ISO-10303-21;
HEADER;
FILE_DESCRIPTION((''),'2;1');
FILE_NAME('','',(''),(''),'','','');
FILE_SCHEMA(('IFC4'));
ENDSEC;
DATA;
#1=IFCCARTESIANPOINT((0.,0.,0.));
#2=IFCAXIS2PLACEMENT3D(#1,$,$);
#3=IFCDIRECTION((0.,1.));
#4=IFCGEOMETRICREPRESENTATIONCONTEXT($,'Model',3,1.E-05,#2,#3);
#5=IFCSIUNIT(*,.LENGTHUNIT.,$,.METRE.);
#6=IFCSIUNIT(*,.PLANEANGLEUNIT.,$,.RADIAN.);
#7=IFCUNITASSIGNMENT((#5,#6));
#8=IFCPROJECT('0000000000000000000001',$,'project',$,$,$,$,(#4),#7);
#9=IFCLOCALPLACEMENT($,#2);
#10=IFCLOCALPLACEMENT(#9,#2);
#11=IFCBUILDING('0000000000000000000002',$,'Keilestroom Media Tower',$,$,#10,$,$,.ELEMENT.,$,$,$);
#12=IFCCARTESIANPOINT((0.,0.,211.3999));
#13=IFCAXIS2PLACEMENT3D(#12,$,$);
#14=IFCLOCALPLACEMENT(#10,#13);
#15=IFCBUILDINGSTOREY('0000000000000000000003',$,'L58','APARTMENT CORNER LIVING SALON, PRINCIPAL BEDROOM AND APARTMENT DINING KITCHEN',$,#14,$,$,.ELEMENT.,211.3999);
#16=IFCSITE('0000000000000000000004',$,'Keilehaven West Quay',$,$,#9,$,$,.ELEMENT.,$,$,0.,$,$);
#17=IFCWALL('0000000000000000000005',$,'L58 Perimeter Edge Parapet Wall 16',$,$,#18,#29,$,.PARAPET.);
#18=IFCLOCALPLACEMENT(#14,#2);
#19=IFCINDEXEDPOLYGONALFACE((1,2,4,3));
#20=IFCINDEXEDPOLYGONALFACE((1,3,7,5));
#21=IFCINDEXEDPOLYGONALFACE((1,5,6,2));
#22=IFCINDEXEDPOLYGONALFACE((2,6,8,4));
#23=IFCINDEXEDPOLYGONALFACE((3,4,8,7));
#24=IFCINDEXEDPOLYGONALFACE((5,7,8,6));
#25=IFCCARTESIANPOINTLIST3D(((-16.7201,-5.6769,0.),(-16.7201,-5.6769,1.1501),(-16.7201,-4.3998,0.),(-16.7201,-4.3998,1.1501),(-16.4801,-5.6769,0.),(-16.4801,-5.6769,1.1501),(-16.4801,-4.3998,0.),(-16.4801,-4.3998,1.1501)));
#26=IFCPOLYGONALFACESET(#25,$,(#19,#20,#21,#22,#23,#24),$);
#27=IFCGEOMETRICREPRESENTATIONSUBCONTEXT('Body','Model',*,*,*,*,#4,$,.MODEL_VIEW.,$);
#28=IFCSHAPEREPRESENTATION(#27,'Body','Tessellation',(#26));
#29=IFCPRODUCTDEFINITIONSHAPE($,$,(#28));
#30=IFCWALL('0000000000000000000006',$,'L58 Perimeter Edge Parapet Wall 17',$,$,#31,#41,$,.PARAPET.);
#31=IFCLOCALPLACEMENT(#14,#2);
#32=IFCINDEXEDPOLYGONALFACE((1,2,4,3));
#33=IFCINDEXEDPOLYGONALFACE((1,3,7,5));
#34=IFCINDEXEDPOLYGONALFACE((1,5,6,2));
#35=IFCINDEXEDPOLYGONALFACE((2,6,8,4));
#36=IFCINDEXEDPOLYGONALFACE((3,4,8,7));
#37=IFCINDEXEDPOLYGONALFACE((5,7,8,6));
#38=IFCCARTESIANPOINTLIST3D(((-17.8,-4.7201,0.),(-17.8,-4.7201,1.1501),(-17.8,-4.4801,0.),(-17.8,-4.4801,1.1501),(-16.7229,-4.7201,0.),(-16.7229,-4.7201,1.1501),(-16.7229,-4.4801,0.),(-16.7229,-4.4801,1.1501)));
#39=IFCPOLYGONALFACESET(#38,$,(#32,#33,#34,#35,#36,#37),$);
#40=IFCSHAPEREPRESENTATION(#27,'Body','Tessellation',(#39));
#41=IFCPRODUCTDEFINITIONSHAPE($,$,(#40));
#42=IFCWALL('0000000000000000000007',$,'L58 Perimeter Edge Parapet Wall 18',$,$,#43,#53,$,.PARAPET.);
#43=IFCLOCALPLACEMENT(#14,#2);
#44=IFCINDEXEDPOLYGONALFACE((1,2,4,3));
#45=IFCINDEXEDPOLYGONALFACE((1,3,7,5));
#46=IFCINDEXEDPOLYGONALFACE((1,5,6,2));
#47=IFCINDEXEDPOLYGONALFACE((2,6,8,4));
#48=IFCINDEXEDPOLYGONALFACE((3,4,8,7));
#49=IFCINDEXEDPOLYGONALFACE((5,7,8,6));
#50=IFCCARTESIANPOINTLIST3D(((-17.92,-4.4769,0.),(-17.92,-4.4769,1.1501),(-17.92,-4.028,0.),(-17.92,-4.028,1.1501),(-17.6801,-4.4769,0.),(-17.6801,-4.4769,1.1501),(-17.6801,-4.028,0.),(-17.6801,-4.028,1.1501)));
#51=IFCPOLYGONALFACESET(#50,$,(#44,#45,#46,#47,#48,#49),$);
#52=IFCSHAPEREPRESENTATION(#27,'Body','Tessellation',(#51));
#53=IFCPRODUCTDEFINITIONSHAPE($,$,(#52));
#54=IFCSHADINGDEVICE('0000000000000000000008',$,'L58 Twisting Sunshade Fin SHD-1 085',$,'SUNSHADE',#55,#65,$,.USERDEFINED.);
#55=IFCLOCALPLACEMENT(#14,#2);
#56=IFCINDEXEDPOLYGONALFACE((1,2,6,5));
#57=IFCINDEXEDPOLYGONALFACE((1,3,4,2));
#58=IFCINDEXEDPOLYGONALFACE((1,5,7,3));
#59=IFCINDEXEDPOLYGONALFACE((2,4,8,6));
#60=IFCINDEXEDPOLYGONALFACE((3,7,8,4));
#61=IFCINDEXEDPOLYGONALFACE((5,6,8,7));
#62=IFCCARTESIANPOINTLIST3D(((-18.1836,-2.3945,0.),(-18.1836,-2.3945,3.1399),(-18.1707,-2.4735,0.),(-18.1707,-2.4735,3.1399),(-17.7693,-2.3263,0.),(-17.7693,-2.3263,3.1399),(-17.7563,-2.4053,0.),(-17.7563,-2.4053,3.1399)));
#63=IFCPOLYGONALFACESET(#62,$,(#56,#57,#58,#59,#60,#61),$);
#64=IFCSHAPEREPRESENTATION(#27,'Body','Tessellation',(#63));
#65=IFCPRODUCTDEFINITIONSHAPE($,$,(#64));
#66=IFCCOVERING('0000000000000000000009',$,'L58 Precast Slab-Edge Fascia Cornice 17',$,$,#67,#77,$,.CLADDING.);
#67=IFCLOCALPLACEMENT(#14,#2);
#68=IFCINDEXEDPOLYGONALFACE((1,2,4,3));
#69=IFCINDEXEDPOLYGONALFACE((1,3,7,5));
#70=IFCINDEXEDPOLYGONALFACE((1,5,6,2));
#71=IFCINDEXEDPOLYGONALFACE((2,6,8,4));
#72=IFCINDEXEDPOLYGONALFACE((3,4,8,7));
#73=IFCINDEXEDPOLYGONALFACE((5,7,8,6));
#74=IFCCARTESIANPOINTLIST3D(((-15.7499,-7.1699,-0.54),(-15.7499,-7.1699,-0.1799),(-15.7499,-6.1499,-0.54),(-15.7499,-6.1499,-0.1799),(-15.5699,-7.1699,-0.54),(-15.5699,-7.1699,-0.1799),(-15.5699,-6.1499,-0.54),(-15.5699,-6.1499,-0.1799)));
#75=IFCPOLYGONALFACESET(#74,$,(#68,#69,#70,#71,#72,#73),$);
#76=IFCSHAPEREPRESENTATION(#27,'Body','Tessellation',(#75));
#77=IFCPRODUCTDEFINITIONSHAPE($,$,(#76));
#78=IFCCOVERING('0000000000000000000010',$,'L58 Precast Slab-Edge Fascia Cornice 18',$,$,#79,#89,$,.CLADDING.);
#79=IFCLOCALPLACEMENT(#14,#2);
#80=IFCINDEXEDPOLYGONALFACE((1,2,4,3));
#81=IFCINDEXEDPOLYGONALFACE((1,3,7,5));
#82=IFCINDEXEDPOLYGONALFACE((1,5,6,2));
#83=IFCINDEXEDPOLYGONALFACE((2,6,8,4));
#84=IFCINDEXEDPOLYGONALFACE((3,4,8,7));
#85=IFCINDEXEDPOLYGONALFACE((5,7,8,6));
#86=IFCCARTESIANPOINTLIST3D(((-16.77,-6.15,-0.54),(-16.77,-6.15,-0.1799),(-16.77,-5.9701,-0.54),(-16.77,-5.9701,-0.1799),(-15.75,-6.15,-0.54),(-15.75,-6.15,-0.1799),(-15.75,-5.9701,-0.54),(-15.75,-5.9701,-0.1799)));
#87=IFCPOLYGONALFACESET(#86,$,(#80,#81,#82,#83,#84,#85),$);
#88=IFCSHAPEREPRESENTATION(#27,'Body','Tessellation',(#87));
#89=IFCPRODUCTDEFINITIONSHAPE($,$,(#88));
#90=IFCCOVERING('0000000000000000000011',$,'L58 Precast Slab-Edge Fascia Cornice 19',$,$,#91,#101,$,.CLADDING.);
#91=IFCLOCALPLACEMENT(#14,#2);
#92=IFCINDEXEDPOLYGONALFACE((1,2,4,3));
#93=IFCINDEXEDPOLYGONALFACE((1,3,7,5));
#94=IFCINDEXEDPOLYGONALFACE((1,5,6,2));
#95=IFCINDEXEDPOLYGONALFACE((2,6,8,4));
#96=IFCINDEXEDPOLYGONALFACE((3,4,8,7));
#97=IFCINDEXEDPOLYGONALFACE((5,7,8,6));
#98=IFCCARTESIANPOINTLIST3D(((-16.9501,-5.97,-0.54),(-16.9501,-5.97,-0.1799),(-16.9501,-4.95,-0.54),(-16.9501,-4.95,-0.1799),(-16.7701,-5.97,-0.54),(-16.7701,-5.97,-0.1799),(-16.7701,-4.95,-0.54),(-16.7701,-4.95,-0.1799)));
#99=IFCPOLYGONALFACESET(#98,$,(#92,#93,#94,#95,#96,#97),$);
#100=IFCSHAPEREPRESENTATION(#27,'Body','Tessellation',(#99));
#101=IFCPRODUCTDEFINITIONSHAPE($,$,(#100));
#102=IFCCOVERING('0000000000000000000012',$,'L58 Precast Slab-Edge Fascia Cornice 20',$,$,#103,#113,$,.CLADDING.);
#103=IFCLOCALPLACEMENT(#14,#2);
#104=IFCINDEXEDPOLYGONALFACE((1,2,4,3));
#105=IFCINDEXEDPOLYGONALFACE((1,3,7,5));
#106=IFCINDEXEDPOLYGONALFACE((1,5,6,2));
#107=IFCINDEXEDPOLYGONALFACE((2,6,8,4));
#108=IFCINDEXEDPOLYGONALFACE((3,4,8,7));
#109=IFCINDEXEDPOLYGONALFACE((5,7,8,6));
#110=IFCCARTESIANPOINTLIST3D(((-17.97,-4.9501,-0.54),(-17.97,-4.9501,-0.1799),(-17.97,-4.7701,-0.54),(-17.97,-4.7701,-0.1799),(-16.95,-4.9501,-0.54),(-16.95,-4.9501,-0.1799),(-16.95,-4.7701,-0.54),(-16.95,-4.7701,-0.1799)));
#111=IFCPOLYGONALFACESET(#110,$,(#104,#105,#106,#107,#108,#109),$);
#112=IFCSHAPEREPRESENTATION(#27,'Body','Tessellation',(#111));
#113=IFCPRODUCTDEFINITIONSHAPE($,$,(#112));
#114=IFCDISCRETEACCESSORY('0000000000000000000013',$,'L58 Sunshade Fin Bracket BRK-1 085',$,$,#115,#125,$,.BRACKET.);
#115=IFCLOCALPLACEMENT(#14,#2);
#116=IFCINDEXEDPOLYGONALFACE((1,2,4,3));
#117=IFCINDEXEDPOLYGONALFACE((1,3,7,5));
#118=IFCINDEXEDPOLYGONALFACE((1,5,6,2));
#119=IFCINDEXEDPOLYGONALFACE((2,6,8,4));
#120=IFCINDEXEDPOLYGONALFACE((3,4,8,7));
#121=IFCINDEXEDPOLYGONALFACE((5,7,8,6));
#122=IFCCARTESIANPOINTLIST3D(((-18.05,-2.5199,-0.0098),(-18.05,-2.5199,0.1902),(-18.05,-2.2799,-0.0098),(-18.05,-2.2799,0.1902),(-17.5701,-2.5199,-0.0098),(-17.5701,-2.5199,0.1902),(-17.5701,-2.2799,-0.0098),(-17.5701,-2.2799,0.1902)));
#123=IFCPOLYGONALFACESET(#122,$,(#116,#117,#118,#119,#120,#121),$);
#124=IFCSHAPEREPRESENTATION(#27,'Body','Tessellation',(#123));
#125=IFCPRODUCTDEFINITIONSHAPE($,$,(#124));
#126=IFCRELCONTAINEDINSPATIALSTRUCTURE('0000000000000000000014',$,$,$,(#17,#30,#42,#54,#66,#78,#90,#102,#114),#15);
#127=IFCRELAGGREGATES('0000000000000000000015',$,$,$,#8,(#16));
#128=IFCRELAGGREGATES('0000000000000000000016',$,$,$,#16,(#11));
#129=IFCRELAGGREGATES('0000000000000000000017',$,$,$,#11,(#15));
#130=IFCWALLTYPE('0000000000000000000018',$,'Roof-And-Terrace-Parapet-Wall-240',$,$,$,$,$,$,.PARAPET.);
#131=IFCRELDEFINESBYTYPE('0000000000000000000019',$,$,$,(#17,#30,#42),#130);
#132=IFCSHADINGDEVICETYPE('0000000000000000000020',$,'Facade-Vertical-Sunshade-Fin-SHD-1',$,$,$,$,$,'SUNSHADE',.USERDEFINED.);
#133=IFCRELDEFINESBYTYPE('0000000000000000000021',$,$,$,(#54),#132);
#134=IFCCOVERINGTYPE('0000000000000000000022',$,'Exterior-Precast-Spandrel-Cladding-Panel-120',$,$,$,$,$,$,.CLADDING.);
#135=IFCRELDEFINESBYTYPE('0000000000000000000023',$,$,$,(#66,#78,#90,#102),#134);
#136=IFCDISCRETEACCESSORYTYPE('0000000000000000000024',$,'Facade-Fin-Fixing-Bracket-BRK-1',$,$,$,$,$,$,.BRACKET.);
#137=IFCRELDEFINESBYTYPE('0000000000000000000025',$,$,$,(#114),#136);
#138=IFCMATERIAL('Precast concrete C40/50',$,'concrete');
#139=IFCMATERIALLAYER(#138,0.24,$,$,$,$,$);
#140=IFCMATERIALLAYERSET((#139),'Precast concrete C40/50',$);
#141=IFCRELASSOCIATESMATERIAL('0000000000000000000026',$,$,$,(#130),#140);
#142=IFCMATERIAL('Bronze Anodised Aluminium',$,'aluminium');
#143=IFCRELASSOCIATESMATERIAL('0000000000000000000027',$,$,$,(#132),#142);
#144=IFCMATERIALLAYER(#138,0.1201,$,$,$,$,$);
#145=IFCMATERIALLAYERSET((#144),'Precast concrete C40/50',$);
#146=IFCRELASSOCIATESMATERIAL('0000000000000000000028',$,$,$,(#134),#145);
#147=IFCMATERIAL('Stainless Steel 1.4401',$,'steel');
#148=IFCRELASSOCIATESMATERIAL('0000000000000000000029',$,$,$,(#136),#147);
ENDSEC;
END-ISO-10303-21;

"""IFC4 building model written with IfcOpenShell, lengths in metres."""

from ifc_helpers import new_model, si_unit, direction, frame, frame_2d, origin, origin_2d, place, context, subcontext, project, spatial, rectangle, extrude, source, transform, mapped, material, layer, layer_set, type_object, element, save


model = new_model("IFC4")

# Units and contexts
model_context = context("Model", 3, precision=1e-05, world=origin(), true_north=direction((0.0, 1.0)))
body_context = subcontext(model_context, "Body", "Model", "MODEL_VIEW")
ifc_project = project(units=[si_unit("LENGTHUNIT", "METRE"), si_unit("PLANEANGLEUNIT", "RADIAN")], contexts=[model_context])

# Site, building, storey
site_placement = place(None, origin())
site = spatial("IfcSite", under=ifc_project, at=site_placement, Name="Keilehaven West Quay", CompositionType="ELEMENT", RefElevation=0.0)
building_placement = place(site_placement, origin())
building = spatial("IfcBuilding", under=site, at=building_placement, Name="Keilestroom Media Tower", CompositionType="ELEMENT")
storey_placement = place(building_placement, frame((0.0, 0.0, 211.3999)))
storey = spatial("IfcBuildingStorey", under=building, at=storey_placement, Name="L58", Description="APARTMENT CORNER LIVING SALON, PRINCIPAL BEDROOM AND APARTMENT DINING KITCHEN", CompositionType="ELEMENT", Elevation=211.3999)

# Shared definitions
ifc_material_1 = material(Name="Precast concrete C40/50", Category="concrete")

# Walls
ifc_layer_1 = layer(ifc_material_1, 0.24)
ifc_layer_set_1 = layer_set([ifc_layer_1], Name="Precast concrete C40/50")
wall_type = type_object("IfcWallType", Name="Roof-And-Terrace-Parapet-Wall-240", PredefinedType="PARAPET", material=ifc_layer_set_1)
wall_1_placement = place(storey_placement, frame((-16.6001, -5.677, 0.0), z_axis=(0.0, 0.0, 1.0), x_axis=(0.0, 1.0, 0.0)))
element("IfcWall", 1, at=wall_1_placement, inside=storey, type_object=wall_type, Name="L58 Perimeter Edge Parapet Wall 16", PredefinedType="PARAPET", context=body_context, shape_type="SweptSolid", body=[
    extrude(rectangle(XDim=1.2771, YDim=0.24, at=frame_2d((0.6387, 0.0))), origin(), (0.0, 0.0, 1.0), 1.1501),
])
wall_2_placement = place(storey_placement, frame((-16.7229, -4.6001, 0.0), z_axis=(0.0, 0.0, 1.0), x_axis=(-1.0, 0.0, 0.0)))
element("IfcWall", 2, at=wall_2_placement, inside=storey, type_object=wall_type, Name="L58 Perimeter Edge Parapet Wall 17", PredefinedType="PARAPET", context=body_context, shape_type="SweptSolid", body=[
    extrude(rectangle(XDim=1.0771, YDim=0.24, at=frame_2d((0.5386, 0.0))), origin(), (0.0, 0.0, 1.0), 1.1501),
])
wall_3_placement = place(storey_placement, frame((-17.8, -4.4771, 0.0), z_axis=(0.0, 0.0, 1.0), x_axis=(0.0, 1.0, 0.0)))
element("IfcWall", 3, at=wall_3_placement, inside=storey, type_object=wall_type, Name="L58 Perimeter Edge Parapet Wall 18", PredefinedType="PARAPET", context=body_context, shape_type="SweptSolid", body=[
    extrude(rectangle(XDim=0.449, YDim=0.24, at=frame_2d((0.2246, 0.0))), origin(), (0.0, 0.0, 1.0), 1.1501),
])

# Shading device
ifc_material_2 = material(Name="Bronze Anodised Aluminium", Category="aluminium")
shading_device_type = type_object("IfcShadingDeviceType", Name="Facade-Vertical-Sunshade-Fin-SHD-1", ElementType="SUNSHADE", PredefinedType="USERDEFINED", material=ifc_material_2)
shared_shape_1 = source(origin(), body_context, "Body", "SweptSolid", [
    extrude(rectangle(XDim=0.4199, YDim=0.0801, at=origin_2d()), origin(), (0.0, 0.0, 1.0), 3.1399),
])
shading_device_placement = place(storey_placement, frame((-17.97, -2.3999, 0.0), z_axis=(0.0, 0.0, 1.0), x_axis=(0.986743, 0.162293, 0.0)))
element("IfcShadingDevice", 4, at=shading_device_placement, inside=storey, type_object=shading_device_type, Name="L58 Twisting Sunshade Fin SHD-1 085", ObjectType="SUNSHADE", PredefinedType="USERDEFINED", context=body_context, shape_type="MappedRepresentation", body=[
    mapped(shared_shape_1, transform((0.0, 0.0, 0.0), x_axis=(1.0, 0.0, 0.0), y_axis=(0.0, 1.0, 0.0), z_axis=(0.0, 0.0, 1.0), scale=1.0)),
])

# Coverings
ifc_layer_2 = layer(ifc_material_1, 0.1201)
ifc_layer_set_2 = layer_set([ifc_layer_2], Name="Precast concrete C40/50")
covering_type = type_object("IfcCoveringType", Name="Exterior-Precast-Spandrel-Cladding-Panel-120", PredefinedType="CLADDING", material=ifc_layer_set_2)
shared_shape_2 = source(origin(), body_context, "Body", "SweptSolid", [
    extrude(rectangle(XDim=1.02, YDim=0.1799, at=origin_2d()), origin(), (0.0, 0.0, 1.0), 0.3601),
])
for number, where, z_axis, x_axis, name in (
    (5, (-15.6599, -6.6599, -0.54), (0.0, 0.0, 1.0), (0.0, 1.0, 0.0), "L58 Precast Slab-Edge Fascia Cornice 17"),
    (6, (-16.26, -6.0601, -0.54), (0.0, 0.0, 1.0), (-1.0, 0.0, 0.0), "L58 Precast Slab-Edge Fascia Cornice 18"),
    (7, (-16.8601, -5.46, -0.54), (0.0, 0.0, 1.0), (0.0, 1.0, 0.0), "L58 Precast Slab-Edge Fascia Cornice 19"),
    (8, (-17.46, -4.8601, -0.54), (0.0, 0.0, 1.0), (-1.0, 0.0, 0.0), "L58 Precast Slab-Edge Fascia Cornice 20"),
):
    element("IfcCovering", number, at=place(storey_placement, frame(where, z_axis=z_axis, x_axis=x_axis)), inside=storey, type_object=covering_type, Name=name, PredefinedType="CLADDING", context=body_context, shape_type="MappedRepresentation", body=[
        mapped(shared_shape_2, transform((0.0, 0.0, 0.0), x_axis=(1.0, 0.0, 0.0), y_axis=(0.0, 1.0, 0.0), z_axis=(0.0, 0.0, 1.0), scale=1.0)),
    ])

# Discrete accessory
ifc_material_3 = material(Name="Stainless Steel 1.4401", Category="steel")
discrete_accessory_type = type_object("IfcDiscreteAccessoryType", Name="Facade-Fin-Fixing-Bracket-BRK-1", PredefinedType="BRACKET", material=ifc_material_3)
shared_shape_3 = source(origin(), body_context, "Body", "SweptSolid", [
    extrude(rectangle(XDim=0.48, YDim=0.24, at=origin_2d()), origin(), (0.0, 0.0, 1.0), 0.2),
])
discrete_accessory_placement = place(storey_placement, frame((-17.8101, -2.3999, -0.0098), z_axis=(0.0, 0.0, 1.0), x_axis=(1.0, 0.0, 0.0)))
element("IfcDiscreteAccessory", 9, at=discrete_accessory_placement, inside=storey, type_object=discrete_accessory_type, Name="L58 Sunshade Fin Bracket BRK-1 085", PredefinedType="BRACKET", context=body_context, shape_type="MappedRepresentation", body=[
    mapped(shared_shape_3, transform((0.0, 0.0, 0.0), x_axis=(1.0, 0.0, 0.0), y_axis=(0.0, 1.0, 0.0), z_axis=(0.0, 0.0, 1.0), scale=1.0)),
])

save(model, "model.ifc")
